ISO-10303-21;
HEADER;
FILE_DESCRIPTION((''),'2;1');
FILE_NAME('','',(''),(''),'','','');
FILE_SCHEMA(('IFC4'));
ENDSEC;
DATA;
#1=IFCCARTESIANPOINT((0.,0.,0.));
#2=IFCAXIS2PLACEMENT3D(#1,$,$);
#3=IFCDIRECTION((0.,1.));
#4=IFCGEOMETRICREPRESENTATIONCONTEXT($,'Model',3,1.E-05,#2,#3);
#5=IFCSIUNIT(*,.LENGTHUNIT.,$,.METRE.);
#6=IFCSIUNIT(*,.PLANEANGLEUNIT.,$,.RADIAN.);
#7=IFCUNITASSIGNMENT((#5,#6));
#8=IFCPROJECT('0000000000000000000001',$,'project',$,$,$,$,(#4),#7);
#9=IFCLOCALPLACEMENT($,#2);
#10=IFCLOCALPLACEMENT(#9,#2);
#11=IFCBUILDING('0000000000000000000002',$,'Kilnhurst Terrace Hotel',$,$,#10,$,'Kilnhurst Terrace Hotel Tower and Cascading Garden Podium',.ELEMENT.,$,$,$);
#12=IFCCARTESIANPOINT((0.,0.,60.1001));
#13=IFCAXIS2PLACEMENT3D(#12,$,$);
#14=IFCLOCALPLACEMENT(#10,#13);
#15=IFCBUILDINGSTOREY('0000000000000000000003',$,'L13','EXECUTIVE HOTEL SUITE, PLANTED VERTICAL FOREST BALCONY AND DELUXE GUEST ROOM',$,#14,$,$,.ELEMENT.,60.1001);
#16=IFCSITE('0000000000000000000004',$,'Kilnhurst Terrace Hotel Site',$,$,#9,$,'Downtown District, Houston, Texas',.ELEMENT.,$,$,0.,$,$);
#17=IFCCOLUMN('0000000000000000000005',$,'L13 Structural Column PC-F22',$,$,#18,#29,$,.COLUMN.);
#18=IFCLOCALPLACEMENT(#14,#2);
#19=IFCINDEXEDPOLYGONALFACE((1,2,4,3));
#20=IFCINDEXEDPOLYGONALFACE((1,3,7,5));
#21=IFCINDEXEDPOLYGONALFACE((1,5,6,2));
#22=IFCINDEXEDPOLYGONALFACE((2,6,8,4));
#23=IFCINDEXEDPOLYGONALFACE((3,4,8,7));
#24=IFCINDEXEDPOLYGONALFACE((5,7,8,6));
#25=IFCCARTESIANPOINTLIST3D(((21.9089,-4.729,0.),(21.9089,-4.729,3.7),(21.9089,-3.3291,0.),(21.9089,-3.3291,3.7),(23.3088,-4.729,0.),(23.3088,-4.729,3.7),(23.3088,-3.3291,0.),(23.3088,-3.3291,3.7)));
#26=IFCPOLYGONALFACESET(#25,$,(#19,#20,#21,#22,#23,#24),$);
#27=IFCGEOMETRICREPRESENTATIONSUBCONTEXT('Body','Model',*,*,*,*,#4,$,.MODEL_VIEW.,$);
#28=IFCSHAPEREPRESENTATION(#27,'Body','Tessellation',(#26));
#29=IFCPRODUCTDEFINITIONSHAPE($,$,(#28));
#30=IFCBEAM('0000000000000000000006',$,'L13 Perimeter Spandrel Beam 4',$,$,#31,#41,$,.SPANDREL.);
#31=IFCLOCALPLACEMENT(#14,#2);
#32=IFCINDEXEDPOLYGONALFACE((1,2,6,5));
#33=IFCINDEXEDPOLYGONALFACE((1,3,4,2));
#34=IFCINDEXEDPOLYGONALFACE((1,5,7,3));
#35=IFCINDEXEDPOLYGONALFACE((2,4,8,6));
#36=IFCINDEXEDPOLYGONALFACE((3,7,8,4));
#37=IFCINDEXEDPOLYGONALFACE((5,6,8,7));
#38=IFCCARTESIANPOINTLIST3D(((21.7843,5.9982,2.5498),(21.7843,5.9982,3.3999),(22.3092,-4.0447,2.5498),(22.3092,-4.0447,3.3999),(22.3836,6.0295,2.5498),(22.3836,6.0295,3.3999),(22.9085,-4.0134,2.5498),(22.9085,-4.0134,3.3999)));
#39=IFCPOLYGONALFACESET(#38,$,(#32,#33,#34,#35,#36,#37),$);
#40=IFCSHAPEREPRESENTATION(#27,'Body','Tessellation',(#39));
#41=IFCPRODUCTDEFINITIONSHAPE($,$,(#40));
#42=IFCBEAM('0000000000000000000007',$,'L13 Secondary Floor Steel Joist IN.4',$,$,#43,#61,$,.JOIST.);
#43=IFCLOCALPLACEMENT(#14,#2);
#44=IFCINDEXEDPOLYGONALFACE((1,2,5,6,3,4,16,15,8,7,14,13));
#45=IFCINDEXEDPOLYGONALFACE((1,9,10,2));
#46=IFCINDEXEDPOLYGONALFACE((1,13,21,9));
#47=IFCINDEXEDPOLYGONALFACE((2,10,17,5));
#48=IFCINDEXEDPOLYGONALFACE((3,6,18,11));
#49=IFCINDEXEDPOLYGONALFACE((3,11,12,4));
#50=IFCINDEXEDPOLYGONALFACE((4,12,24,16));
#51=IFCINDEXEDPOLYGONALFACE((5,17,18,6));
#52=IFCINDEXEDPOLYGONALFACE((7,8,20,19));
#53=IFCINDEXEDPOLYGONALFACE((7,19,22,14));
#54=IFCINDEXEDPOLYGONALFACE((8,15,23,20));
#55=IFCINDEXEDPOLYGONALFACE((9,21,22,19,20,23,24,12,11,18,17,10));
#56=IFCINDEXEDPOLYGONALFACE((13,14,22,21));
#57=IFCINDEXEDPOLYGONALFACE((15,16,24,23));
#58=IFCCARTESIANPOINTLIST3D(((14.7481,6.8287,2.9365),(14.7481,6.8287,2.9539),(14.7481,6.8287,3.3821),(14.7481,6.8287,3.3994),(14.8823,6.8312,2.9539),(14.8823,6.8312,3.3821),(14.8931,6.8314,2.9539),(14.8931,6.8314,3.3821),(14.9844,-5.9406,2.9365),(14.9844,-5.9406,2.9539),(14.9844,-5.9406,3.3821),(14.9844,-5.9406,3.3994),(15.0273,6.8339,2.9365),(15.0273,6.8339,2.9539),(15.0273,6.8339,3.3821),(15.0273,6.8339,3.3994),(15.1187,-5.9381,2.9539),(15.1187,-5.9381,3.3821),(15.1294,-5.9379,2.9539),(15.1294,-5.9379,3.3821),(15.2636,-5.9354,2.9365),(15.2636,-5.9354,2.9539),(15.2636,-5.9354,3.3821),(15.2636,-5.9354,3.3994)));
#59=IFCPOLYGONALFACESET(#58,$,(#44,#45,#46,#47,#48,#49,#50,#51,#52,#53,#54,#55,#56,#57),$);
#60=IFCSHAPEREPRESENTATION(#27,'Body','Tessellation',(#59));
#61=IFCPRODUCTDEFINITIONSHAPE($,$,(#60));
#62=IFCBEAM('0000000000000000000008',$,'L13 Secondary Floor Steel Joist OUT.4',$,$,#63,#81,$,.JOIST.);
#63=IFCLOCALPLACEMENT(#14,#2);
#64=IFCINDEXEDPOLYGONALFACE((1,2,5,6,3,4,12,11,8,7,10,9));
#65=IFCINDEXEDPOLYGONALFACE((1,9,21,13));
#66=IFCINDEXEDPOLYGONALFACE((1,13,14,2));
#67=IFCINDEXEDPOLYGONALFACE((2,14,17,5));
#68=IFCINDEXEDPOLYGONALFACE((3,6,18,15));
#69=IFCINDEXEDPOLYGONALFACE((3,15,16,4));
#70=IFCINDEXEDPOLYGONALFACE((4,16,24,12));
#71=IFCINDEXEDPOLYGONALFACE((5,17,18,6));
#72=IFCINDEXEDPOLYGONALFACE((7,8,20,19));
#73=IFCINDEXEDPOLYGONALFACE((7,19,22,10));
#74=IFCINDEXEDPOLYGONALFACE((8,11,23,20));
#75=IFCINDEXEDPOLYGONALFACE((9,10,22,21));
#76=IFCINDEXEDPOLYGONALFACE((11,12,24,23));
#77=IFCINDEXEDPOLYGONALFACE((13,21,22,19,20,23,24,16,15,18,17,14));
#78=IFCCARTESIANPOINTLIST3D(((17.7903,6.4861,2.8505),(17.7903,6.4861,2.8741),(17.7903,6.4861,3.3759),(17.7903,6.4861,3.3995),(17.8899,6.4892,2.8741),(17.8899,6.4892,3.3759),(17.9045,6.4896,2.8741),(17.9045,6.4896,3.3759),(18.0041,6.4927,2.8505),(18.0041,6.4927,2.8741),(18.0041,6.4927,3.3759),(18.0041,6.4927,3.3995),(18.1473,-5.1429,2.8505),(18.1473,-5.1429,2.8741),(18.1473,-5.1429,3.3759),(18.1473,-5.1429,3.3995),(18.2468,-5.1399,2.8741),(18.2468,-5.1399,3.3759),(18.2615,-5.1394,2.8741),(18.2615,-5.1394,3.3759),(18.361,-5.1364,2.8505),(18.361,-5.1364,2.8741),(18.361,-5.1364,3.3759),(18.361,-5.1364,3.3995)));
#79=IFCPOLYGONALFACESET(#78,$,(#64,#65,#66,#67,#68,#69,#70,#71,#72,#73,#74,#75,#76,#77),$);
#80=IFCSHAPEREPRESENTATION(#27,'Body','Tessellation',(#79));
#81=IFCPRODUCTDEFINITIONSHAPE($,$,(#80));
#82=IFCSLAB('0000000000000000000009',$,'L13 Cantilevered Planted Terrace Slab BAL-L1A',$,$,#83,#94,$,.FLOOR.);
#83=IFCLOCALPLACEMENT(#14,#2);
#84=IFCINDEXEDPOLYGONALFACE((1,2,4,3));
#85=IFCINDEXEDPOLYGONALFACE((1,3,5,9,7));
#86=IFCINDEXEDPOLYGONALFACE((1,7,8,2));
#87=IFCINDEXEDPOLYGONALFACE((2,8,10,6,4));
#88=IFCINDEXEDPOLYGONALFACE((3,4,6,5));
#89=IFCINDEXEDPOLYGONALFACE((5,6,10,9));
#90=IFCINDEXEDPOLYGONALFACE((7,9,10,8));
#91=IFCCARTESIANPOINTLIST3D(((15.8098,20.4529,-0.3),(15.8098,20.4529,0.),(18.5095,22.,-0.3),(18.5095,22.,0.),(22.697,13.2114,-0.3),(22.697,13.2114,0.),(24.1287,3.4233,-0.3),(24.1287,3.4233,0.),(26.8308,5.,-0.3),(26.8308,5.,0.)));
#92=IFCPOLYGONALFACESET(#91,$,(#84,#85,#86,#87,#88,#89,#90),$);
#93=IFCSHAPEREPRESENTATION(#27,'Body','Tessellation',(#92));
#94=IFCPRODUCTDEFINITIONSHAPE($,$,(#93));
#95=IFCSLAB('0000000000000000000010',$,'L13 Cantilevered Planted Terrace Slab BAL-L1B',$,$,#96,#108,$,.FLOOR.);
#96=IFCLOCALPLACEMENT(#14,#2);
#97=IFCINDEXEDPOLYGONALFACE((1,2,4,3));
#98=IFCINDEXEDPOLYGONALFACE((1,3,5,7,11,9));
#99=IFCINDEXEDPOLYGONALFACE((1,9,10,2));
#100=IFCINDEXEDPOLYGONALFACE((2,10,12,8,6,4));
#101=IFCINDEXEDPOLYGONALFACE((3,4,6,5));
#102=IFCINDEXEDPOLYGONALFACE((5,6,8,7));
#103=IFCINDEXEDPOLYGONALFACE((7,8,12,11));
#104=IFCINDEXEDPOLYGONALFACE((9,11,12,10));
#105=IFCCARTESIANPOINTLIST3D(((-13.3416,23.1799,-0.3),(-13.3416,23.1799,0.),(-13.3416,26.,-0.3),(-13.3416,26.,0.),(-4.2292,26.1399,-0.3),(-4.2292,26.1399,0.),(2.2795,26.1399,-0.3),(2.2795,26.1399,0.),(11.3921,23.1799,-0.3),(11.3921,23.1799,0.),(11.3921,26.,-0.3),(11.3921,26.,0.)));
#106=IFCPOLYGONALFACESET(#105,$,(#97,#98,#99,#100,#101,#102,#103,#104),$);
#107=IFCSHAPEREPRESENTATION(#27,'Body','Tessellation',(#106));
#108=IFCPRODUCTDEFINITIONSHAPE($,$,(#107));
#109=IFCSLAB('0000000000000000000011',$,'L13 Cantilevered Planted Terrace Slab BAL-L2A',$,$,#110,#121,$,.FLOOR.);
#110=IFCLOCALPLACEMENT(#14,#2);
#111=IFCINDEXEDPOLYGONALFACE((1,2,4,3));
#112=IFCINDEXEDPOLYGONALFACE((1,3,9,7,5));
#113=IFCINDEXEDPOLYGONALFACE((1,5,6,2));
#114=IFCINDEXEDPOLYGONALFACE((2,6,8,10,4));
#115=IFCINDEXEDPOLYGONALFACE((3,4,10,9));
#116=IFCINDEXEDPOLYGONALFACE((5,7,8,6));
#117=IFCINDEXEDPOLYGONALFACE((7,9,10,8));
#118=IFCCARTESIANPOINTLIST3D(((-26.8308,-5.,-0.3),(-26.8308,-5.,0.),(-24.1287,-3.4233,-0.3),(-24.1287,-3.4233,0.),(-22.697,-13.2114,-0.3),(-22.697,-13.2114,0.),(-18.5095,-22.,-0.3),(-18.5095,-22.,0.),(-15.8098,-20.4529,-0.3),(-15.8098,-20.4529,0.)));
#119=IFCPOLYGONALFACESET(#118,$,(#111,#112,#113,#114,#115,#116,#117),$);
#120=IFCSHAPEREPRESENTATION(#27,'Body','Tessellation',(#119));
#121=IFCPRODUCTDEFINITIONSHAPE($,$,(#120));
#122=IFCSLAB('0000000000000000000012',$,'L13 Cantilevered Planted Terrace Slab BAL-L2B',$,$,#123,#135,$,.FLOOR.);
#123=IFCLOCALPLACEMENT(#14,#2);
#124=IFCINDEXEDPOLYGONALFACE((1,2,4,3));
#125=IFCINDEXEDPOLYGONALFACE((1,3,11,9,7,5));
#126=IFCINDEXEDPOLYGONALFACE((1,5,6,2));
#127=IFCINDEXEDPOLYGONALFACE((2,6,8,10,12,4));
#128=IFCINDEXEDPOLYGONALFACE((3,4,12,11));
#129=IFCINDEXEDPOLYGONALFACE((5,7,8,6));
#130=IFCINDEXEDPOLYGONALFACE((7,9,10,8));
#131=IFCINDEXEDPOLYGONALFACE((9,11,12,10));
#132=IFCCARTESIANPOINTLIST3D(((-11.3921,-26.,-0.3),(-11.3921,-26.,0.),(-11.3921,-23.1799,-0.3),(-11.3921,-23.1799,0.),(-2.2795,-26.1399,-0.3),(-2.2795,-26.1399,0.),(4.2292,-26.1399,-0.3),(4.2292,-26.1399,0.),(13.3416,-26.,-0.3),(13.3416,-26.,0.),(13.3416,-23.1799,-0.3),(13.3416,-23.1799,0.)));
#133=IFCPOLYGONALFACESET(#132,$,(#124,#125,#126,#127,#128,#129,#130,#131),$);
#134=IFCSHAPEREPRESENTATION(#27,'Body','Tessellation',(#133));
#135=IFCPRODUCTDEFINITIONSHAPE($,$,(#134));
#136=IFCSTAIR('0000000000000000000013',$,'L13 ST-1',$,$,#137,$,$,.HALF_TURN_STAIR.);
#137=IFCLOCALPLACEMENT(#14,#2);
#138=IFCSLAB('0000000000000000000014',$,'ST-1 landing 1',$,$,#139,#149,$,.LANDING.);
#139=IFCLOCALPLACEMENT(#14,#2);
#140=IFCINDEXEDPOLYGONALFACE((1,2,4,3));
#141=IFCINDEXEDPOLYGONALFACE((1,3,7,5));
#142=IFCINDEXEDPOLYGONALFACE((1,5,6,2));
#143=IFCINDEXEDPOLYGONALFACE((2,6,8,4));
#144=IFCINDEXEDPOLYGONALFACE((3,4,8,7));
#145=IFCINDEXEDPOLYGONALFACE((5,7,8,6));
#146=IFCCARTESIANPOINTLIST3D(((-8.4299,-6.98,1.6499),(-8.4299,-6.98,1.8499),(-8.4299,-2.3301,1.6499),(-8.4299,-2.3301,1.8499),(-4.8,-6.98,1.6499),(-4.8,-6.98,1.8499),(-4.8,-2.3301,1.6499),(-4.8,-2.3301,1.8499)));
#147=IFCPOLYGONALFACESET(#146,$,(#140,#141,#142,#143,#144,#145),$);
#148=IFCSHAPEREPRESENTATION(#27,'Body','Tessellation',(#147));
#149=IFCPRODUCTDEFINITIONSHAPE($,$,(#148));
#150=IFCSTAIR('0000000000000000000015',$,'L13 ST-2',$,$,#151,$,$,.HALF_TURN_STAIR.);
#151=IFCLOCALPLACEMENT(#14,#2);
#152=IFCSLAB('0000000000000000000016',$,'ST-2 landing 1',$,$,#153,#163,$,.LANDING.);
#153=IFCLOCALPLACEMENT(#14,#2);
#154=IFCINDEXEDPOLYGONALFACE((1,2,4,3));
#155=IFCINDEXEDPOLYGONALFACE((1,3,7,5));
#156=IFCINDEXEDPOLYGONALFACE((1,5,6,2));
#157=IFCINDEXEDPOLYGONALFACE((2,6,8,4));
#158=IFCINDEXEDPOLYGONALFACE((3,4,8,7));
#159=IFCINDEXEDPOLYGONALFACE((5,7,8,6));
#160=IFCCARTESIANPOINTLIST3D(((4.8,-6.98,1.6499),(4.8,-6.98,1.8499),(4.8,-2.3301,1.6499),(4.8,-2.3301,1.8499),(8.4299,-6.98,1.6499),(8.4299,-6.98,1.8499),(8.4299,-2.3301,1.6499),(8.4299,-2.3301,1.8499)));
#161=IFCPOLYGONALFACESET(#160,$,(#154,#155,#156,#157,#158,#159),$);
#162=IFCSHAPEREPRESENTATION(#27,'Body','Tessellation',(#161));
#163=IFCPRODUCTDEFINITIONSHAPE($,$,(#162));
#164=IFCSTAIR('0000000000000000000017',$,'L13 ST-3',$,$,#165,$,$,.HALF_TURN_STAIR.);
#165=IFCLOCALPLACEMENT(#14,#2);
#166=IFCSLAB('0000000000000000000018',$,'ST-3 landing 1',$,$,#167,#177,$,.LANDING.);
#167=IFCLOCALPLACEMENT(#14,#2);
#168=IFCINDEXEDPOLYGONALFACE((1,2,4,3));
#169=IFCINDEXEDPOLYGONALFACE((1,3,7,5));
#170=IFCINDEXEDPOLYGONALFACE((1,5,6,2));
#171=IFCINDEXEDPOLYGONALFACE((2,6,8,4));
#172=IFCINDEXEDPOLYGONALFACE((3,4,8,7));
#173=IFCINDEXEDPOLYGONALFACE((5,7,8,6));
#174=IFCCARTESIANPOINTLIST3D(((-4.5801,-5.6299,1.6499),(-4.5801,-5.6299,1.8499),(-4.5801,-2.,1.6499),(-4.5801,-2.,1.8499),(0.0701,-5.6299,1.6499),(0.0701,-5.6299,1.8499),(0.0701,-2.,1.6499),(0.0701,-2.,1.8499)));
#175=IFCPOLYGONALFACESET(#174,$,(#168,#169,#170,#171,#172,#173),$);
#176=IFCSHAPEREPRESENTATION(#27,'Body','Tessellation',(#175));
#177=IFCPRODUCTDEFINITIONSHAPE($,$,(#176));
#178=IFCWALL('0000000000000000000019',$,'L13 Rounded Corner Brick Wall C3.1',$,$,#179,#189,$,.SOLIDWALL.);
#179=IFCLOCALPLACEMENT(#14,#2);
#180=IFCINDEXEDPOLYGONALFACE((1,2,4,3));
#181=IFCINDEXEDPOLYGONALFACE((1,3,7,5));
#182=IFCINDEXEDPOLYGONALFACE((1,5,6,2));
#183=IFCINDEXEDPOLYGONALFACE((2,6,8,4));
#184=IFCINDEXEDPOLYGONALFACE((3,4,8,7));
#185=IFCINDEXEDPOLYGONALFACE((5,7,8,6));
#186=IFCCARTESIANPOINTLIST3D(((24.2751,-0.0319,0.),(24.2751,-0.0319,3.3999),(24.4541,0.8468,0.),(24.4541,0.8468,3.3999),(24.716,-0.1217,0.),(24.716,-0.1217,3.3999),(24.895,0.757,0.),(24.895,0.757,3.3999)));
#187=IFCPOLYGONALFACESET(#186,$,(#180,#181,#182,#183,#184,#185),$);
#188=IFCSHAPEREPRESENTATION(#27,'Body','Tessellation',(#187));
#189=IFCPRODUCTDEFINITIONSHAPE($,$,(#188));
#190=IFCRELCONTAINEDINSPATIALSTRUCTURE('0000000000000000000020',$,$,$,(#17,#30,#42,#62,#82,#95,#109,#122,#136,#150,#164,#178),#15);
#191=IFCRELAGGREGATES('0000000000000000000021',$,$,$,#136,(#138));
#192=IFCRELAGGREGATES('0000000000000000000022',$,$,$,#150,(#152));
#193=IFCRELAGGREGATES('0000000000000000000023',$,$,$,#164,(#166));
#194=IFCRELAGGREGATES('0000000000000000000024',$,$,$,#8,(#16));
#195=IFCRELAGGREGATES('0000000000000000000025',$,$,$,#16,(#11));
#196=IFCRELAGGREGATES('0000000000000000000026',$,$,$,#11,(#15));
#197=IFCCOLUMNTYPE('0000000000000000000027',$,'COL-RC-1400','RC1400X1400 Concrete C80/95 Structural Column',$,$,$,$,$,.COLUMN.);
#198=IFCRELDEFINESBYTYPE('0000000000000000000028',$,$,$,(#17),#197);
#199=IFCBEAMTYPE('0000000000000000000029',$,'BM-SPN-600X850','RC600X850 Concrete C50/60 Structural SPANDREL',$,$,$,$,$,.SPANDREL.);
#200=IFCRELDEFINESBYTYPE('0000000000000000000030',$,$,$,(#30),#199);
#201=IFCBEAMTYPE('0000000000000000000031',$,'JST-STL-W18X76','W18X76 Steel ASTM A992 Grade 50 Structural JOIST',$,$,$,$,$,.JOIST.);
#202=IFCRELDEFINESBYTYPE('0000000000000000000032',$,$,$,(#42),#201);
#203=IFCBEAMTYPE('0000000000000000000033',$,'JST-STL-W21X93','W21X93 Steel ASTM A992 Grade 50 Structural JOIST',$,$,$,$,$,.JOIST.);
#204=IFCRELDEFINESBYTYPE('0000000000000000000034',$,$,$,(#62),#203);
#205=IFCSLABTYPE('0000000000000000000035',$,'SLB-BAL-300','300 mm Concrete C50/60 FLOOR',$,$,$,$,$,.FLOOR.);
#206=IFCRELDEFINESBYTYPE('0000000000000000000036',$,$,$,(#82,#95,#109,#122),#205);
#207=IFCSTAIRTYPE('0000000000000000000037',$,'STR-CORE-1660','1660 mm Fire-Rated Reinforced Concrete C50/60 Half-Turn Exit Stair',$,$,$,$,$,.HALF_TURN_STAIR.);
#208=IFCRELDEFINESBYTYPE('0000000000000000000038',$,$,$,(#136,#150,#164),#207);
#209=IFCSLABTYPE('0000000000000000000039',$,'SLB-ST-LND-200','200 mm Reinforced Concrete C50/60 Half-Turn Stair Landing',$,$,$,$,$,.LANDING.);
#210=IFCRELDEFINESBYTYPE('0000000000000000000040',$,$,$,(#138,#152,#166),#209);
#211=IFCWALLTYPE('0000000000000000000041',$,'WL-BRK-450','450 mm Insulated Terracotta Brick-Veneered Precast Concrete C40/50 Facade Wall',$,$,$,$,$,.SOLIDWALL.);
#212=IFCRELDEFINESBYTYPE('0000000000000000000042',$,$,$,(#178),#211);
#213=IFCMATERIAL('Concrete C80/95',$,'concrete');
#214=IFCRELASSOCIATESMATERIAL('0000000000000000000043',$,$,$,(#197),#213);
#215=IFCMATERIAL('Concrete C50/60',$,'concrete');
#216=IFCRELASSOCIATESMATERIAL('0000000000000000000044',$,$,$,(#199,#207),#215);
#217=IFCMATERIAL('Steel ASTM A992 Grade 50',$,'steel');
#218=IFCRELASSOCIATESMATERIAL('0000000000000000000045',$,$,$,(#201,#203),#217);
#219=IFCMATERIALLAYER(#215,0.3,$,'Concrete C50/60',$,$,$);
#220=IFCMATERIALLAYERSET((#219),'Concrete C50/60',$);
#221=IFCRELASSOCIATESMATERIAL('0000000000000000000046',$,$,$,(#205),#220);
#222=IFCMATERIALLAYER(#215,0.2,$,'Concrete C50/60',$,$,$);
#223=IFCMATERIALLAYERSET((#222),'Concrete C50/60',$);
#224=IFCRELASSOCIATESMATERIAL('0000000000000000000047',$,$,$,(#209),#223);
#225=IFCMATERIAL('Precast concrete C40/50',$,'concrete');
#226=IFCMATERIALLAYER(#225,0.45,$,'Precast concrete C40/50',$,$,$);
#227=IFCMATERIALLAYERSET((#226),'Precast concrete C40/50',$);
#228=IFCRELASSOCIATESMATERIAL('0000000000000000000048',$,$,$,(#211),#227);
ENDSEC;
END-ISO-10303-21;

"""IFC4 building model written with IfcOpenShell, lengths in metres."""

from ifc_helpers import new_model, si_unit, direction, frame, frame_2d, origin, origin_2d, place, context, subcontext, project, spatial, polyline, rectangle, i_section, outline, extrude, material, layer, layer_set, material_profile, profile_set, type_object, element, aggregate, save


model = new_model("IFC4")

# Units and contexts
model_context = context("Model", 3, precision=1e-05, world=origin(), true_north=direction((0.0, 1.0)))
body_context = subcontext(model_context, "Body", "Model", "MODEL_VIEW")
ifc_project = project(units=[si_unit("LENGTHUNIT", "METRE"), si_unit("PLANEANGLEUNIT", "RADIAN")], contexts=[model_context])

# Site, building, storey
site_placement = place(None, origin())
site = spatial("IfcSite", under=ifc_project, at=site_placement, Name="Kilnhurst Terrace Hotel Site", LongName="Downtown District, Houston, Texas", CompositionType="ELEMENT", RefElevation=0.0)
building_placement = place(site_placement, origin())
building = spatial("IfcBuilding", under=site, at=building_placement, Name="Kilnhurst Terrace Hotel", LongName="Kilnhurst Terrace Hotel Tower and Cascading Garden Podium", CompositionType="ELEMENT")
storey_placement = place(building_placement, frame((0.0, 0.0, 60.1001)))
storey = spatial("IfcBuildingStorey", under=building, at=storey_placement, Name="L13", Description="EXECUTIVE HOTEL SUITE, PLANTED VERTICAL FOREST BALCONY AND DELUXE GUEST ROOM", CompositionType="ELEMENT", Elevation=60.1001)

# Column
ifc_material_1 = material(Name="Concrete C80/95", Category="concrete")
ifc_material_profile_1 = material_profile(ifc_material_1, rectangle(XDim=1.3999, YDim=1.3999, at=origin_2d()), Name="RC1400X1400")
ifc_profile_set_1 = profile_set([ifc_material_profile_1], Name="Concrete C80/95")
column_type = type_object("IfcColumnType", Name="COL-RC-1400", Description="RC1400X1400 Concrete C80/95 Structural Column", PredefinedType="COLUMN", material=ifc_profile_set_1)
column_placement = place(storey_placement, frame((22.6089, -4.0291, 0.0), z_axis=(0.0, 0.0, 1.0), x_axis=(1.0, 0.0, 0.0)))
element("IfcColumn", 1, at=column_placement, inside=storey, type_object=column_type, Name="L13 Structural Column PC-F22", PredefinedType="COLUMN", context=body_context, shape_type="SweptSolid", body=[
    extrude(rectangle(XDim=1.3999, YDim=1.3999, at=origin_2d()), origin(), (0.0, 0.0, 1.0), 3.7),
])

# Beams
ifc_material_2 = material(Name="Concrete C50/60", Category="concrete")
ifc_material_profile_2 = material_profile(ifc_material_2, rectangle(XDim=0.6001, YDim=0.8501, at=origin_2d()), Name="RC600X850")
ifc_profile_set_2 = profile_set([ifc_material_profile_2], Name="Concrete C50/60")
beam_type_1 = type_object("IfcBeamType", Name="BM-SPN-600X850", Description="RC600X850 Concrete C50/60 Structural SPANDREL", PredefinedType="SPANDREL", material=ifc_profile_set_2)
beam_1_placement = place(storey_placement, frame((22.6089, -4.0291, 2.9749), z_axis=(-0.052194, 0.998637, 0.0), x_axis=(-0.998637, -0.052194, 0.0)))
element("IfcBeam", 2, at=beam_1_placement, inside=storey, type_object=beam_type_1, Name="L13 Perimeter Spandrel Beam 4", PredefinedType="SPANDREL", context=body_context, shape_type="SweptSolid", body=[
    extrude(rectangle(XDim=0.6001, YDim=0.8501, at=origin_2d()), origin(), (0.0, 0.0, 1.0), 10.0566),
])
ifc_material_3 = material(Name="Steel ASTM A992 Grade 50", Category="steel")
ifc_material_profile_3 = material_profile(ifc_material_3, i_section(OverallWidth=0.2793, OverallDepth=0.4629, WebThickness=0.0107, FlangeThickness=0.0173, at=origin_2d()), Name="W18X76")
ifc_profile_set_3 = profile_set([ifc_material_profile_3], Name="Steel ASTM A992 Grade 50")
beam_type_2 = type_object("IfcBeamType", Name="JST-STL-W18X76", Description="W18X76 Steel ASTM A992 Grade 50 Structural JOIST", PredefinedType="JOIST", material=ifc_profile_set_3)
beam_2_placement = place(storey_placement, frame((15.124, -5.938, 3.168), z_axis=(-0.018504, 0.999829, 0.0), x_axis=(-0.999829, -0.018504, 0.0)))
element("IfcBeam", 3, at=beam_2_placement, inside=storey, type_object=beam_type_2, Name="L13 Secondary Floor Steel Joist IN.4", PredefinedType="JOIST", context=body_context, shape_type="SweptSolid", body=[
    extrude(i_section(OverallWidth=0.2793, OverallDepth=0.4629, WebThickness=0.0107, FlangeThickness=0.0173, at=origin_2d()), origin(), (0.0, 0.0, 1.0), 12.7715),
])
ifc_material_profile_4 = material_profile(ifc_material_3, i_section(OverallWidth=0.2139, OverallDepth=0.5491, WebThickness=0.0146, FlangeThickness=0.0237, at=origin_2d()), Name="W21X93")
ifc_profile_set_4 = profile_set([ifc_material_profile_4], Name="Steel ASTM A992 Grade 50")
beam_type_3 = type_object("IfcBeamType", Name="JST-STL-W21X93", Description="W21X93 Steel ASTM A992 Grade 50 Structural JOIST", PredefinedType="JOIST", material=ifc_profile_set_4)
beam_3_placement = place(storey_placement, frame((18.2542, -5.1396, 3.125), z_axis=(-0.030679, 0.999529, 0.0), x_axis=(-0.999529, -0.030679, 0.0)))
element("IfcBeam", 4, at=beam_3_placement, inside=storey, type_object=beam_type_3, Name="L13 Secondary Floor Steel Joist OUT.4", PredefinedType="JOIST", context=body_context, shape_type="SweptSolid", body=[
    extrude(i_section(OverallWidth=0.2139, OverallDepth=0.5491, WebThickness=0.0146, FlangeThickness=0.0237, at=origin_2d()), origin(), (0.0, 0.0, 1.0), 11.6345),
])

# Slabs
ifc_layer_1 = layer(ifc_material_2, 0.3, Name="Concrete C50/60")
ifc_layer_set_1 = layer_set([ifc_layer_1], Name="Concrete C50/60")
slab_type_1 = type_object("IfcSlabType", Name="SLB-BAL-300", Description="300 mm Concrete C50/60 FLOOR", PredefinedType="FLOOR", material=ifc_layer_set_1)
slab_1_placement = place(storey_placement, frame((0.0, 0.0, -0.3)))
element("IfcSlab", 5, at=slab_1_placement, inside=storey, type_object=slab_type_1, Name="L13 Cantilevered Planted Terrace Slab BAL-L1A", PredefinedType="FLOOR", context=body_context, shape_type="SweptSolid", body=[
    extrude(outline(polyline([(22.697, 13.2114), (26.8308, 5.0), (24.1287, 3.4233), (15.8098, 20.4529), (18.5095, 22.0), (22.697, 13.2114)])), origin(), (0.0, 0.0, 1.0), 0.3),
])
slab_2_placement = place(storey_placement, frame((0.0, 0.0, -0.3)))
element("IfcSlab", 6, at=slab_2_placement, inside=storey, type_object=slab_type_1, Name="L13 Cantilevered Planted Terrace Slab BAL-L1B", PredefinedType="FLOOR", context=body_context, shape_type="SweptSolid", body=[
    extrude(outline(polyline([(2.2795, 26.1399), (11.3921, 26.0), (11.3921, 23.1799), (-13.3416, 23.1799), (-13.3416, 26.0), (-4.2292, 26.1399), (2.2795, 26.1399)])), origin(), (0.0, 0.0, 1.0), 0.3),
])
slab_3_placement = place(storey_placement, frame((0.0, 0.0, -0.3)))
element("IfcSlab", 7, at=slab_3_placement, inside=storey, type_object=slab_type_1, Name="L13 Cantilevered Planted Terrace Slab BAL-L2A", PredefinedType="FLOOR", context=body_context, shape_type="SweptSolid", body=[
    extrude(outline(polyline([(-26.8308, -5.0), (-24.1287, -3.4233), (-15.8098, -20.4529), (-18.5095, -22.0), (-22.697, -13.2114), (-26.8308, -5.0)])), origin(), (0.0, 0.0, 1.0), 0.3),
])
slab_4_placement = place(storey_placement, frame((0.0, 0.0, -0.3)))
element("IfcSlab", 8, at=slab_4_placement, inside=storey, type_object=slab_type_1, Name="L13 Cantilevered Planted Terrace Slab BAL-L2B", PredefinedType="FLOOR", context=body_context, shape_type="SweptSolid", body=[
    extrude(outline(polyline([(-2.2795, -26.1399), (-11.3921, -26.0), (-11.3921, -23.1799), (13.3416, -23.1799), (13.3416, -26.0), (4.2292, -26.1399), (-2.2795, -26.1399)])), origin(), (0.0, 0.0, 1.0), 0.3),
])

# Stairs, slabs
stair_type = type_object("IfcStairType", Name="STR-CORE-1660", Description="1660 mm Fire-Rated Reinforced Concrete C50/60 Half-Turn Exit Stair", PredefinedType="HALF_TURN_STAIR", material=ifc_material_2)
stair_1_placement = place(storey_placement, origin())
stair_1 = element("IfcStair", 9, at=stair_1_placement, inside=storey, type_object=stair_type, Name="L13 ST-1", PredefinedType="HALF_TURN_STAIR")
ifc_layer_2 = layer(ifc_material_2, 0.2, Name="Concrete C50/60")
ifc_layer_set_2 = layer_set([ifc_layer_2], Name="Concrete C50/60")
slab_type_2 = type_object("IfcSlabType", Name="SLB-ST-LND-200", Description="200 mm Reinforced Concrete C50/60 Half-Turn Stair Landing", PredefinedType="LANDING", material=ifc_layer_set_2)
slab_5_placement = place(storey_placement, frame((0.0, 0.0, 1.6499)))
slab_5 = element("IfcSlab", 10, at=slab_5_placement, type_object=slab_type_2, Name="ST-1 landing 1", PredefinedType="LANDING", context=body_context, shape_type="SweptSolid", body=[
    extrude(outline(polyline([(-8.4299, -2.3301), (-4.8, -2.3301), (-4.8, -6.98), (-8.4299, -6.98), (-8.4299, -2.3301)])), origin(), (0.0, 0.0, 1.0), 0.2),
])
aggregate(stair_1, [slab_5])
stair_2_placement = place(storey_placement, origin())
stair_2 = element("IfcStair", 11, at=stair_2_placement, inside=storey, type_object=stair_type, Name="L13 ST-2", PredefinedType="HALF_TURN_STAIR")
slab_6_placement = place(storey_placement, frame((0.0, 0.0, 1.6499)))
slab_6 = element("IfcSlab", 12, at=slab_6_placement, type_object=slab_type_2, Name="ST-2 landing 1", PredefinedType="LANDING", context=body_context, shape_type="SweptSolid", body=[
    extrude(outline(polyline([(4.8, -2.3301), (8.4299, -2.3301), (8.4299, -6.98), (4.8, -6.98), (4.8, -2.3301)])), origin(), (0.0, 0.0, 1.0), 0.2),
])
stair_3_placement = place(storey_placement, origin())
stair_3 = element("IfcStair", 13, at=stair_3_placement, inside=storey, type_object=stair_type, Name="L13 ST-3", PredefinedType="HALF_TURN_STAIR")
slab_7_placement = place(storey_placement, frame((0.0, 0.0, 1.6499)))
slab_7 = element("IfcSlab", 14, at=slab_7_placement, type_object=slab_type_2, Name="ST-3 landing 1", PredefinedType="LANDING", context=body_context, shape_type="SweptSolid", body=[
    extrude(outline(polyline([(0.0701, -2.0), (0.0701, -5.6299), (-4.5801, -5.6299), (-4.5801, -2.0), (0.0701, -2.0)])), origin(), (0.0, 0.0, 1.0), 0.2),
])

# Wall
ifc_material_4 = material(Name="Precast concrete C40/50", Category="concrete")
ifc_layer_3 = layer(ifc_material_4, 0.45, Name="Precast concrete C40/50")
ifc_layer_set_3 = layer_set([ifc_layer_3], Name="Precast concrete C40/50")
wall_type_1 = type_object("IfcWallType", Name="WL-BRK-450", Description="450 mm Insulated Terracotta Brick-Veneered Precast Concrete C40/50 Facade Wall", PredefinedType="SOLIDWALL", material=ifc_layer_set_3)
wall_1_placement = place(storey_placement, frame((24.4956, -0.0767, 0.0), z_axis=(0.0, 0.0, 1.0), x_axis=(0.199571, 0.979883, 0.0)))
element("IfcWall", 15, at=wall_1_placement, inside=storey, type_object=wall_type_1, Name="L13 Rounded Corner Brick Wall C3.1", PredefinedType="SOLIDWALL", context=body_context, shape_type="SweptSolid", body=[
    extrude(rectangle(XDim=0.8967, YDim=0.45, at=frame_2d((0.4482, 0.0))), origin(), (0.0, 0.0, 1.0), 3.3999),
])

aggregate(stair_2, [slab_6])
aggregate(stair_3, [slab_7])

save(model, "model.ifc")
